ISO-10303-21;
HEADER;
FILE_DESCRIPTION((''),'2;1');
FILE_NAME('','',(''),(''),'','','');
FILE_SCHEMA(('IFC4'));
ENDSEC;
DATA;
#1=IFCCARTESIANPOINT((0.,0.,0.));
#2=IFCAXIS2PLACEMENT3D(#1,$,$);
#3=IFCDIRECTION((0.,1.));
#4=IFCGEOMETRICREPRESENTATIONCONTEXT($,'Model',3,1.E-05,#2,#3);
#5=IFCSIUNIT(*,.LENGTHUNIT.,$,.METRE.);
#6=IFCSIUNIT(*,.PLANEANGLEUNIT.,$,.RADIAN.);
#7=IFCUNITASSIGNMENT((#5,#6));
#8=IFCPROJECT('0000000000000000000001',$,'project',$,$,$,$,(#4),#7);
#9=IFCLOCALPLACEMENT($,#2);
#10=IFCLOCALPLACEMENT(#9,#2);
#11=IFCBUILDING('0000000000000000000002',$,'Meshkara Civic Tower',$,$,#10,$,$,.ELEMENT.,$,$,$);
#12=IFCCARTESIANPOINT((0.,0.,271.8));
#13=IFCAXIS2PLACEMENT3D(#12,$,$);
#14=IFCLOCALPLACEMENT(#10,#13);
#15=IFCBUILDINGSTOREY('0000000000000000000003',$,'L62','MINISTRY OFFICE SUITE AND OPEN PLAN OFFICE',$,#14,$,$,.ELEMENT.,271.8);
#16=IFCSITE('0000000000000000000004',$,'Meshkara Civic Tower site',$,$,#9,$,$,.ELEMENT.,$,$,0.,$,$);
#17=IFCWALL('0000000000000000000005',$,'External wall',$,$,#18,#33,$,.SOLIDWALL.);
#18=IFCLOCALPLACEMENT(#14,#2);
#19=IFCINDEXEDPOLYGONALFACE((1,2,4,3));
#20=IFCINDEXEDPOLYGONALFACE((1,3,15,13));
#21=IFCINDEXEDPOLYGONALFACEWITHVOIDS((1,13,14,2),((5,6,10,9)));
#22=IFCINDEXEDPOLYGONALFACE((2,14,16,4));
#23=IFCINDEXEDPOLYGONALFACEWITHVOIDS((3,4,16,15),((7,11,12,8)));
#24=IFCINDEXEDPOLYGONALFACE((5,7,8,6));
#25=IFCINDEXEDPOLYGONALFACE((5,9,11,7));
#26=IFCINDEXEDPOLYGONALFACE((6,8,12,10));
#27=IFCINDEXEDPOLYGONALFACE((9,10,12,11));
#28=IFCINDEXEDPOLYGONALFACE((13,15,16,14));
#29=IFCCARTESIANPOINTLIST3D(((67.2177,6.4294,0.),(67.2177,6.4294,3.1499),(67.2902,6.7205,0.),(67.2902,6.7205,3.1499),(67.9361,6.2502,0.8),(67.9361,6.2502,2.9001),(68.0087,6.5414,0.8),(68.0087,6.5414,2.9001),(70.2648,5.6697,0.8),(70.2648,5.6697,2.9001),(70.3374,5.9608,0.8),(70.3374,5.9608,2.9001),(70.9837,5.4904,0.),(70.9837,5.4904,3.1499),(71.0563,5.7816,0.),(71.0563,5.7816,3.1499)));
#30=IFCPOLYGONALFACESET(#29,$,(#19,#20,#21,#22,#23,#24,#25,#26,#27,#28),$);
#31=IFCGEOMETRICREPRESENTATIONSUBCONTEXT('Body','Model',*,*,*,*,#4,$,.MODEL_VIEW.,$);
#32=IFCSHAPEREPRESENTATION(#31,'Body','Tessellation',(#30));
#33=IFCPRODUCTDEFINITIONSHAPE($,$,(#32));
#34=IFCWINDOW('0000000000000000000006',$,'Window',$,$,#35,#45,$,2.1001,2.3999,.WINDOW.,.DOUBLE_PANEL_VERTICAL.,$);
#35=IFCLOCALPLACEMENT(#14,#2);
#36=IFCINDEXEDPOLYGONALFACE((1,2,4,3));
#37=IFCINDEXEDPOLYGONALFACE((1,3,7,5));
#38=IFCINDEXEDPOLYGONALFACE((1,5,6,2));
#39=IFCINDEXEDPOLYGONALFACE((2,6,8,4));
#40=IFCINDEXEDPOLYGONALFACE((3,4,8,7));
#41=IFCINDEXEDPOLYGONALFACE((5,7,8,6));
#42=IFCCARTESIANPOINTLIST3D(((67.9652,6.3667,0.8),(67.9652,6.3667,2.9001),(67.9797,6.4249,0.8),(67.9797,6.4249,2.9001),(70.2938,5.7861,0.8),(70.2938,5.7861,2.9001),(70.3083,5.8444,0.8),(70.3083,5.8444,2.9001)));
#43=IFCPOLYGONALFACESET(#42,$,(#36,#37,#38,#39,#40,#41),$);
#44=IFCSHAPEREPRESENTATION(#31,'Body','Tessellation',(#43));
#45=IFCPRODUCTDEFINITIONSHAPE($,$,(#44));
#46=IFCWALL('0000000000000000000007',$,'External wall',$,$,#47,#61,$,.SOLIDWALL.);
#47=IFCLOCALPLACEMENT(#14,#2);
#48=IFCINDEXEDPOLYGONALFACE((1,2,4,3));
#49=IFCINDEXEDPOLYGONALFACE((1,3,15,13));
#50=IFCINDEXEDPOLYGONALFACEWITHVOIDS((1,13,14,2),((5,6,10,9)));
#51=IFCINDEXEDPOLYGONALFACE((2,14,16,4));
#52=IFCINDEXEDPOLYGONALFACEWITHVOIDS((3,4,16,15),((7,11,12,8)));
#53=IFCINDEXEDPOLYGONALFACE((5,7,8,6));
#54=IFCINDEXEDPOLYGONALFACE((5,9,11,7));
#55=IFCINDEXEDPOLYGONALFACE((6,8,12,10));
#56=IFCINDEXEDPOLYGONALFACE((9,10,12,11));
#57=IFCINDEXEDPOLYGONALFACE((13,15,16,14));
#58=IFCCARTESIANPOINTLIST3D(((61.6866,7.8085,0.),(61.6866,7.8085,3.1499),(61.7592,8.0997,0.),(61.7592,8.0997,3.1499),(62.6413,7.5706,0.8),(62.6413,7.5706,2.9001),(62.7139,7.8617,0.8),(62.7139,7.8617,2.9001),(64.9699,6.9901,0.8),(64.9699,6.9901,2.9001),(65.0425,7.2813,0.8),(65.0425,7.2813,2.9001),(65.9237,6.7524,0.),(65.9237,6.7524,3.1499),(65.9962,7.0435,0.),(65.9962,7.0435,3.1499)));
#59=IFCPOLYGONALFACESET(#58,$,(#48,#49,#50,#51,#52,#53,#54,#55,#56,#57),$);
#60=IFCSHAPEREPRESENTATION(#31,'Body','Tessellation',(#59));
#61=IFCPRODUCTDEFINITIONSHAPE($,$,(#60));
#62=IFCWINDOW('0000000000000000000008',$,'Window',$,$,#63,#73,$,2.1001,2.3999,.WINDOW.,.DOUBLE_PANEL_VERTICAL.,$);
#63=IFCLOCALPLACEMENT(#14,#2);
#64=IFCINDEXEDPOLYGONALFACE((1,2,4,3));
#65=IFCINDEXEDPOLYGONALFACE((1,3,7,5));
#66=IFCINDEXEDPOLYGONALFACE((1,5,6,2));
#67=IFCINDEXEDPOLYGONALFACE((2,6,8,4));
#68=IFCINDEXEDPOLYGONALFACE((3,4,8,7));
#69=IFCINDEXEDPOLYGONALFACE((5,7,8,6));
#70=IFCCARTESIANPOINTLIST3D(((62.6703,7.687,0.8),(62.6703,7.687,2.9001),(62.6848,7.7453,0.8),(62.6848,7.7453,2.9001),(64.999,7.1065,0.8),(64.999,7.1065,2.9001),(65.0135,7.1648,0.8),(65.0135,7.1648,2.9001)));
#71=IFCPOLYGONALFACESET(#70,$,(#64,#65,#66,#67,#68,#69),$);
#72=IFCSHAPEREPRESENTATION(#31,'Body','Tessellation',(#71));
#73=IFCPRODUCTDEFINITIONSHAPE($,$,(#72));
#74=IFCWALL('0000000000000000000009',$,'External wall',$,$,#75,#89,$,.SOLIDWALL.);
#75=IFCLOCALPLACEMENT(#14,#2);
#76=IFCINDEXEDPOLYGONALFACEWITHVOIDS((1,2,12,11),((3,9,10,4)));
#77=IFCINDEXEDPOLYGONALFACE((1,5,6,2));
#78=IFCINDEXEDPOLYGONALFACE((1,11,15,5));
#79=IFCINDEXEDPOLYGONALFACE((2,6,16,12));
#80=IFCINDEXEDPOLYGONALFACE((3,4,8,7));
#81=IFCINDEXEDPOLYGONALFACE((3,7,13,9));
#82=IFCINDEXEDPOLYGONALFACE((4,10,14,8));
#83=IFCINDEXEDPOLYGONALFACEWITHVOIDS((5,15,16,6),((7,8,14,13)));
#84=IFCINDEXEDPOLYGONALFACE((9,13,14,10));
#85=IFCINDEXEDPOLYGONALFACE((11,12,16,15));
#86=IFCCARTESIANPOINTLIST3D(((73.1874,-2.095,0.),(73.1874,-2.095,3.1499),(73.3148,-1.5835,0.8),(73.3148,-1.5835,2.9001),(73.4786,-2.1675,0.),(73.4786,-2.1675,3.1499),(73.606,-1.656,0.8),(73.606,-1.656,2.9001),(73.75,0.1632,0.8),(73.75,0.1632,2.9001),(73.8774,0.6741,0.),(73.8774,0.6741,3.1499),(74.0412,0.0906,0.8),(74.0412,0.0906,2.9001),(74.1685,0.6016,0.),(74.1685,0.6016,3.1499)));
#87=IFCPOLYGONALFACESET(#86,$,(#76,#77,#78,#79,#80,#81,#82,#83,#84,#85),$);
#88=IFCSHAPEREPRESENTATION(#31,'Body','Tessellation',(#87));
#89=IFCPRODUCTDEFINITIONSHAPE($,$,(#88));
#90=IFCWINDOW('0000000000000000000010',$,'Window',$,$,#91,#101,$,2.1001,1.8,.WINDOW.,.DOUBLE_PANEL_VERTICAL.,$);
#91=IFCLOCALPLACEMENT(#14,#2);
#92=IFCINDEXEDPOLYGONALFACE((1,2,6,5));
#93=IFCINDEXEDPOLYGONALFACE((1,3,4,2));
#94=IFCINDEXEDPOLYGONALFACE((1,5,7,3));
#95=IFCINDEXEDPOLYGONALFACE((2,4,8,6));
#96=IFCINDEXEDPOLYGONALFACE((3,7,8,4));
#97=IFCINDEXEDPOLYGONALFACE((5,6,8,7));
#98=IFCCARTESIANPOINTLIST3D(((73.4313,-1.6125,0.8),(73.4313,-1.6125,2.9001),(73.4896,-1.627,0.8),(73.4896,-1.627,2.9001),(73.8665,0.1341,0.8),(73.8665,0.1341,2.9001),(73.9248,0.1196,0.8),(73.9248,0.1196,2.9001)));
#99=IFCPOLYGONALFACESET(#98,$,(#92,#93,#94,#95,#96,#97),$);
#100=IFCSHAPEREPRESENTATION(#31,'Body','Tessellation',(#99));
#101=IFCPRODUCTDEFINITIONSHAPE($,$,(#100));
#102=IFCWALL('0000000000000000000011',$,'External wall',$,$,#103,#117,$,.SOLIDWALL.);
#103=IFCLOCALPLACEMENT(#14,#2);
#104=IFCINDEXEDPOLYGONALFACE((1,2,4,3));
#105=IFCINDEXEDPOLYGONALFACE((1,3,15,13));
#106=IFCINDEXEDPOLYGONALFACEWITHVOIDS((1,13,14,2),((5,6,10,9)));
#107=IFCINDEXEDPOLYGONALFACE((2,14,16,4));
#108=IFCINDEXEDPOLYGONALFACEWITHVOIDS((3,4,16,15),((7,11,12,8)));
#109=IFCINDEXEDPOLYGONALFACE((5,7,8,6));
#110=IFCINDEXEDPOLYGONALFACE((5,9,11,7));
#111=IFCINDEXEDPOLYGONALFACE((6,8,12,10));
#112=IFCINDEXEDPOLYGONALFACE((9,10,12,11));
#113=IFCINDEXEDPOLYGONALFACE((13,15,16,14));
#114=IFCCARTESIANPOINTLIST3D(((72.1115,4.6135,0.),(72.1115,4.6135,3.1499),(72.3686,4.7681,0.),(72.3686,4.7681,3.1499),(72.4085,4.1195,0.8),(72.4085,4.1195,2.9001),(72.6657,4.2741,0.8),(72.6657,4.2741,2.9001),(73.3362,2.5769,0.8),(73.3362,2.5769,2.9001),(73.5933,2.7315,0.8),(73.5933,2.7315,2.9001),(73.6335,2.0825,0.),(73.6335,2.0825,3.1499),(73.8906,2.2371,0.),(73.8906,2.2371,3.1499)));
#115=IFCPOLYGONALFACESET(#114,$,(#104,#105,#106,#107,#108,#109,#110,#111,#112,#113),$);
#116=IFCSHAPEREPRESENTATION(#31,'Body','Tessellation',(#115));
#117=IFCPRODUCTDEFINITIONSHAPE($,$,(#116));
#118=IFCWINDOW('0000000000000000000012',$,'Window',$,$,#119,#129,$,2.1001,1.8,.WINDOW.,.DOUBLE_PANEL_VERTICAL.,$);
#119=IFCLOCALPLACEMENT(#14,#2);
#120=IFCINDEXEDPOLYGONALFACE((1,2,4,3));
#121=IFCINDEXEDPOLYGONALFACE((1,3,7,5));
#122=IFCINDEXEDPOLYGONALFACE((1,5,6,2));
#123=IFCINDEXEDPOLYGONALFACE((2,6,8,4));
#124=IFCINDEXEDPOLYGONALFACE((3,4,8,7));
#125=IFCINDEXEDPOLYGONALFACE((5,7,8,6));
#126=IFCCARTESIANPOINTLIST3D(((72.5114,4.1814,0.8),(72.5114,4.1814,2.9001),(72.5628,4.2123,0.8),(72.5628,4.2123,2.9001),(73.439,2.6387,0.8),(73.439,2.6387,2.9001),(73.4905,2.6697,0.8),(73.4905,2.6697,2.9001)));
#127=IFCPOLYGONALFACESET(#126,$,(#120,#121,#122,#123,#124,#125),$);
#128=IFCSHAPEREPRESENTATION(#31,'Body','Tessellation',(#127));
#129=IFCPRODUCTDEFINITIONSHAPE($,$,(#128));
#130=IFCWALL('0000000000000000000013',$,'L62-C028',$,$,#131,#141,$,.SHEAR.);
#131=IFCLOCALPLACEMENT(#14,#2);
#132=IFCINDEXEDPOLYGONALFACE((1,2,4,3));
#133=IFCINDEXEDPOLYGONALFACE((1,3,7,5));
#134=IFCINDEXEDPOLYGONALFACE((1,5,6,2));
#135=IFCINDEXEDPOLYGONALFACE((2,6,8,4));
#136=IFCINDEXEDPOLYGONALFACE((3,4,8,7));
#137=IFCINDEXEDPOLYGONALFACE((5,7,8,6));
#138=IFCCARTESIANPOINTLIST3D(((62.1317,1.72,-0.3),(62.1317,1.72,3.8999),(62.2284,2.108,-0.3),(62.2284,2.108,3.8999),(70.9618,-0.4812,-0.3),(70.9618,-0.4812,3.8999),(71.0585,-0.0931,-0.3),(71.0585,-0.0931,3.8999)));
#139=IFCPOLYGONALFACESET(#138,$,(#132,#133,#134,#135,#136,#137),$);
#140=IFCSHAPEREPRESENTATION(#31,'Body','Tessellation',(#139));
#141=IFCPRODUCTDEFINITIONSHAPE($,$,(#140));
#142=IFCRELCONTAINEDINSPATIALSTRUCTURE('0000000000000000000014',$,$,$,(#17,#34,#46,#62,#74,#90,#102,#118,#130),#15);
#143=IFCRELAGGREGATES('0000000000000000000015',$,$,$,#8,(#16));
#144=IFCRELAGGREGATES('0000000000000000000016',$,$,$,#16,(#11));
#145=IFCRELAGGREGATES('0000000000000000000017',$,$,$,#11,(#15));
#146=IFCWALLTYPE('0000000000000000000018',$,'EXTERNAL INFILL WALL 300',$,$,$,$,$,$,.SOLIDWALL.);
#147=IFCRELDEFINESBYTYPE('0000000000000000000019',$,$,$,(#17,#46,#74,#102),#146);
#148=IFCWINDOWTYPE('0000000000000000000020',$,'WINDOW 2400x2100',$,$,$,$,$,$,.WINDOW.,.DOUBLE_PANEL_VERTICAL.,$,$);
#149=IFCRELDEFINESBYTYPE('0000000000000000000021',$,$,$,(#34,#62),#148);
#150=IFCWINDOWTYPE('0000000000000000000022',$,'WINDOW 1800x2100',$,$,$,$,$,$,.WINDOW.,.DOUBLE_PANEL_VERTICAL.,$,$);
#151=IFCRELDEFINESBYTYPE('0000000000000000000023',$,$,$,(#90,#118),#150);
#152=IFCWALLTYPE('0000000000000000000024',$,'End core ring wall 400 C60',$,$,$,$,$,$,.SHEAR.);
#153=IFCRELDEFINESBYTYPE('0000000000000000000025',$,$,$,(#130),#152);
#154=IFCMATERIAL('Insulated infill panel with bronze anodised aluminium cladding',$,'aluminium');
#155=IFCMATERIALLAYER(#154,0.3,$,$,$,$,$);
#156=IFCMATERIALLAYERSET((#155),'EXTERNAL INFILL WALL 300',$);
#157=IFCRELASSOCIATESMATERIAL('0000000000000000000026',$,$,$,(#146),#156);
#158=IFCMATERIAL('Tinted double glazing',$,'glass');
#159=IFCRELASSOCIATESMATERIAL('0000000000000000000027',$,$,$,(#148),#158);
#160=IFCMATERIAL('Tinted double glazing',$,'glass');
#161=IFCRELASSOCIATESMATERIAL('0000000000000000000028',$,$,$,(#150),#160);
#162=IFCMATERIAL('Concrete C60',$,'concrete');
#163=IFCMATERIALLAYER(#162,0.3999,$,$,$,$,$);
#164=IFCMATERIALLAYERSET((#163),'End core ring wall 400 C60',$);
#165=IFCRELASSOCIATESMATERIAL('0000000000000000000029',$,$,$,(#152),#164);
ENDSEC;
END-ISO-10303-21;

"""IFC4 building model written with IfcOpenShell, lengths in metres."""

from ifc_helpers import new_model, si_unit, direction, frame, frame_2d, origin, place, context, subcontext, project, spatial, rectangle, extrude, material, layer, layer_set, type_object, element, fill, save


model = new_model("IFC4")

# Units and contexts
model_context = context("Model", 3, precision=1e-05, world=origin(), true_north=direction((0.0, 1.0)))
body_context = subcontext(model_context, "Body", "Model", "MODEL_VIEW")
ifc_project = project(units=[si_unit("LENGTHUNIT", "METRE"), si_unit("PLANEANGLEUNIT", "RADIAN")], contexts=[model_context])

# Site, building, storey
site_placement = place(None, origin())
site = spatial("IfcSite", under=ifc_project, at=site_placement, Name="Meshkara Civic Tower site", CompositionType="ELEMENT", RefElevation=0.0)
building_placement = place(site_placement, origin())
building = spatial("IfcBuilding", under=site, at=building_placement, Name="Meshkara Civic Tower", CompositionType="ELEMENT")
storey_placement = place(building_placement, frame((0.0, 0.0, 271.8)))
storey = spatial("IfcBuildingStorey", under=building, at=storey_placement, Name="L62", Description="MINISTRY OFFICE SUITE AND OPEN PLAN OFFICE", CompositionType="ELEMENT", Elevation=271.8)

# Walls, openings, windows
ifc_material_1 = material(Name="Insulated infill panel with bronze anodised aluminium cladding", Category="aluminium")
ifc_layer_1 = layer(ifc_material_1, 0.3)
ifc_layer_set_1 = layer_set([ifc_layer_1], Name="EXTERNAL INFILL WALL 300")
wall_type_1 = type_object("IfcWallType", Name="EXTERNAL INFILL WALL 300", PredefinedType="SOLIDWALL", material=ifc_layer_set_1)
wall_1_placement = place(storey_placement, frame((71.02, 5.636, 0.0), z_axis=(0.0, 0.0, 1.0), x_axis=(-0.970298, 0.241914, 0.0)))
wall_1 = element("IfcWall", 1, at=wall_1_placement, inside=storey, type_object=wall_type_1, Name="External wall", PredefinedType="SOLIDWALL", context=body_context, shape_type="SweptSolid", body=[
    extrude(rectangle(XDim=3.8813, YDim=0.3, at=frame_2d((1.9407, 0.0))), origin(), (0.0, 0.0, 1.0), 3.1499),
])
opening_1_placement = place(wall_1_placement, frame((0.741, 0.0, 0.8)))
opening_1 = element("IfcOpeningElement", 2, at=opening_1_placement, cuts=wall_1, PredefinedType="OPENING", context=body_context, shape_type="SweptSolid", body=[
    extrude(rectangle(XDim=2.3999, YDim=2.1001, at=frame_2d((1.2, 1.05))), frame((0.0, 0.1599, 0.0), z_axis=(0.0, -1.0, 0.0), x_axis=(1.0, 0.0, 0.0)), (0.0, 0.0, 1.0), 0.3201),
])
ifc_material_2 = material(Name="Tinted double glazing", Category="glass")
window_type_1 = type_object("IfcWindowType", Name="WINDOW 2400x2100", PartitioningType="DOUBLE_PANEL_VERTICAL", PredefinedType="WINDOW", material=ifc_material_2)
window_1_placement = place(opening_1_placement, origin())
window_1 = element("IfcWindow", 3, at=window_1_placement, inside=storey, type_object=window_type_1, Name="Window", OverallHeight=2.1001, OverallWidth=2.3999, PartitioningType="DOUBLE_PANEL_VERTICAL", PredefinedType="WINDOW", context=body_context, shape_type="SweptSolid", body=[
    extrude(rectangle(XDim=2.3999, YDim=2.1001, at=frame_2d((1.2, 1.05))), frame((0.0, 0.03, 0.0), z_axis=(0.0, -1.0, 0.0), x_axis=(1.0, 0.0, 0.0)), (0.0, 0.0, 1.0), 0.0601),
])
fill(opening_1, window_1)
wall_2_placement = place(storey_placement, frame((65.96, 6.8979, 0.0), z_axis=(0.0, 0.0, 1.0), x_axis=(-0.97031, 0.241865, 0.0)))
wall_2 = element("IfcWall", 4, at=wall_2_placement, inside=storey, type_object=wall_type_1, Name="External wall", PredefinedType="SOLIDWALL", context=body_context, shape_type="SweptSolid", body=[
    extrude(rectangle(XDim=4.3667, YDim=0.3, at=frame_2d((2.1833, 0.0))), origin(), (0.0, 0.0, 1.0), 3.1499),
])
opening_2_placement = place(wall_2_placement, frame((0.9829, 0.0, 0.8)))
opening_2 = element("IfcOpeningElement", 5, at=opening_2_placement, cuts=wall_2, PredefinedType="OPENING", context=body_context, shape_type="SweptSolid", body=[
    extrude(rectangle(XDim=2.3999, YDim=2.1001, at=frame_2d((1.2, 1.05))), frame((0.0, 0.1599, 0.0), z_axis=(0.0, -1.0, 0.0), x_axis=(1.0, 0.0, 0.0)), (0.0, 0.0, 1.0), 0.3201),
])
window_2_placement = place(opening_2_placement, origin())
window_2 = element("IfcWindow", 6, at=window_2_placement, inside=storey, type_object=window_type_1, Name="Window", OverallHeight=2.1001, OverallWidth=2.3999, PartitioningType="DOUBLE_PANEL_VERTICAL", PredefinedType="WINDOW", context=body_context, shape_type="SweptSolid", body=[
    extrude(rectangle(XDim=2.3999, YDim=2.1001, at=frame_2d((1.2, 1.05))), frame((0.0, 0.03, 0.0), z_axis=(0.0, -1.0, 0.0), x_axis=(1.0, 0.0, 0.0)), (0.0, 0.0, 1.0), 0.0601),
])
fill(opening_2, window_2)
wall_3_placement = place(storey_placement, frame((73.333, -2.1311, 0.0), z_axis=(0.0, 0.0, 1.0), x_axis=(0.241771, 0.970333, 0.0)))
wall_3 = element("IfcWall", 7, at=wall_3_placement, inside=storey, type_object=wall_type_1, Name="External wall", PredefinedType="SOLIDWALL", context=body_context, shape_type="SweptSolid", body=[
    extrude(rectangle(XDim=2.8538, YDim=0.3, at=frame_2d((1.4268, 0.0))), origin(), (0.0, 0.0, 1.0), 3.1499),
])
opening_3_placement = place(wall_3_placement, frame((0.5271, 0.0, 0.8)))
opening_3 = element("IfcOpeningElement", 8, at=opening_3_placement, cuts=wall_3, PredefinedType="OPENING", context=body_context, shape_type="SweptSolid", body=[
    extrude(rectangle(XDim=1.8, YDim=2.1001, at=frame_2d((0.8999, 1.05))), frame((0.0, 0.1599, 0.0), z_axis=(0.0, -1.0, 0.0), x_axis=(1.0, 0.0, 0.0)), (0.0, 0.0, 1.0), 0.3201),
])
ifc_material_3 = material(Name="Tinted double glazing", Category="glass")
window_type_2 = type_object("IfcWindowType", Name="WINDOW 1800x2100", PartitioningType="DOUBLE_PANEL_VERTICAL", PredefinedType="WINDOW", material=ifc_material_3)
window_3_placement = place(opening_3_placement, origin())
window_3 = element("IfcWindow", 9, at=window_3_placement, inside=storey, type_object=window_type_2, Name="Window", OverallHeight=2.1001, OverallWidth=1.8, PartitioningType="DOUBLE_PANEL_VERTICAL", PredefinedType="WINDOW", context=body_context, shape_type="SweptSolid", body=[
    extrude(rectangle(XDim=1.8, YDim=2.1001, at=frame_2d((0.8999, 1.05))), frame((0.0, 0.03, 0.0), z_axis=(0.0, -1.0, 0.0), x_axis=(1.0, 0.0, 0.0)), (0.0, 0.0, 1.0), 0.0601),
])
fill(opening_3, window_3)
wall_4_placement = place(storey_placement, frame((73.762, 2.1599, 0.0), z_axis=(0.0, 0.0, 1.0), x_axis=(-0.515334, 0.856989, 0.0)))
wall_4 = element("IfcWall", 10, at=wall_4_placement, inside=storey, type_object=wall_type_1, Name="External wall", PredefinedType="SOLIDWALL", context=body_context, shape_type="SweptSolid", body=[
    extrude(rectangle(XDim=2.9534, YDim=0.3, at=frame_2d((1.4766, 0.0))), origin(), (0.0, 0.0, 1.0), 3.1499),
])
opening_4_placement = place(wall_4_placement, frame((0.5769, 0.0, 0.8)))
opening_4 = element("IfcOpeningElement", 11, at=opening_4_placement, cuts=wall_4, PredefinedType="OPENING", context=body_context, shape_type="SweptSolid", body=[
    extrude(rectangle(XDim=1.8, YDim=2.1001, at=frame_2d((0.8999, 1.05))), frame((0.0, 0.1599, 0.0), z_axis=(0.0, -1.0, 0.0), x_axis=(1.0, 0.0, 0.0)), (0.0, 0.0, 1.0), 0.3201),
])
window_4_placement = place(opening_4_placement, origin())
window_4 = element("IfcWindow", 12, at=window_4_placement, inside=storey, type_object=window_type_2, Name="Window", OverallHeight=2.1001, OverallWidth=1.8, PartitioningType="DOUBLE_PANEL_VERTICAL", PredefinedType="WINDOW", context=body_context, shape_type="SweptSolid", body=[
    extrude(rectangle(XDim=1.8, YDim=2.1001, at=frame_2d((0.8999, 1.05))), frame((0.0, 0.03, 0.0), z_axis=(0.0, -1.0, 0.0), x_axis=(1.0, 0.0, 0.0)), (0.0, 0.0, 1.0), 0.0601),
])
fill(opening_4, window_4)

# Wall
ifc_material_4 = material(Name="Concrete C60", Category="concrete")
ifc_layer_2 = layer(ifc_material_4, 0.3999)
ifc_layer_set_2 = layer_set([ifc_layer_2], Name="End core ring wall 400 C60")
wall_type_2 = type_object("IfcWallType", Name="End core ring wall 400 C60", PredefinedType="SHEAR", material=ifc_layer_set_2)
wall_5_placement = place(storey_placement, frame((62.1799, 1.9141, -0.3), z_axis=(0.0, 0.0, 1.0), x_axis=(0.970306, -0.241879, 0.0)))
element("IfcWall", 13, at=wall_5_placement, inside=storey, type_object=wall_type_2, Name="L62-C028", PredefinedType="SHEAR", context=body_context, shape_type="SweptSolid", body=[
    extrude(rectangle(XDim=9.1003, YDim=0.3999, at=frame_2d((4.5503, 0.0))), origin(), (0.0, 0.0, 1.0), 4.2),
])

save(model, "model.ifc")
